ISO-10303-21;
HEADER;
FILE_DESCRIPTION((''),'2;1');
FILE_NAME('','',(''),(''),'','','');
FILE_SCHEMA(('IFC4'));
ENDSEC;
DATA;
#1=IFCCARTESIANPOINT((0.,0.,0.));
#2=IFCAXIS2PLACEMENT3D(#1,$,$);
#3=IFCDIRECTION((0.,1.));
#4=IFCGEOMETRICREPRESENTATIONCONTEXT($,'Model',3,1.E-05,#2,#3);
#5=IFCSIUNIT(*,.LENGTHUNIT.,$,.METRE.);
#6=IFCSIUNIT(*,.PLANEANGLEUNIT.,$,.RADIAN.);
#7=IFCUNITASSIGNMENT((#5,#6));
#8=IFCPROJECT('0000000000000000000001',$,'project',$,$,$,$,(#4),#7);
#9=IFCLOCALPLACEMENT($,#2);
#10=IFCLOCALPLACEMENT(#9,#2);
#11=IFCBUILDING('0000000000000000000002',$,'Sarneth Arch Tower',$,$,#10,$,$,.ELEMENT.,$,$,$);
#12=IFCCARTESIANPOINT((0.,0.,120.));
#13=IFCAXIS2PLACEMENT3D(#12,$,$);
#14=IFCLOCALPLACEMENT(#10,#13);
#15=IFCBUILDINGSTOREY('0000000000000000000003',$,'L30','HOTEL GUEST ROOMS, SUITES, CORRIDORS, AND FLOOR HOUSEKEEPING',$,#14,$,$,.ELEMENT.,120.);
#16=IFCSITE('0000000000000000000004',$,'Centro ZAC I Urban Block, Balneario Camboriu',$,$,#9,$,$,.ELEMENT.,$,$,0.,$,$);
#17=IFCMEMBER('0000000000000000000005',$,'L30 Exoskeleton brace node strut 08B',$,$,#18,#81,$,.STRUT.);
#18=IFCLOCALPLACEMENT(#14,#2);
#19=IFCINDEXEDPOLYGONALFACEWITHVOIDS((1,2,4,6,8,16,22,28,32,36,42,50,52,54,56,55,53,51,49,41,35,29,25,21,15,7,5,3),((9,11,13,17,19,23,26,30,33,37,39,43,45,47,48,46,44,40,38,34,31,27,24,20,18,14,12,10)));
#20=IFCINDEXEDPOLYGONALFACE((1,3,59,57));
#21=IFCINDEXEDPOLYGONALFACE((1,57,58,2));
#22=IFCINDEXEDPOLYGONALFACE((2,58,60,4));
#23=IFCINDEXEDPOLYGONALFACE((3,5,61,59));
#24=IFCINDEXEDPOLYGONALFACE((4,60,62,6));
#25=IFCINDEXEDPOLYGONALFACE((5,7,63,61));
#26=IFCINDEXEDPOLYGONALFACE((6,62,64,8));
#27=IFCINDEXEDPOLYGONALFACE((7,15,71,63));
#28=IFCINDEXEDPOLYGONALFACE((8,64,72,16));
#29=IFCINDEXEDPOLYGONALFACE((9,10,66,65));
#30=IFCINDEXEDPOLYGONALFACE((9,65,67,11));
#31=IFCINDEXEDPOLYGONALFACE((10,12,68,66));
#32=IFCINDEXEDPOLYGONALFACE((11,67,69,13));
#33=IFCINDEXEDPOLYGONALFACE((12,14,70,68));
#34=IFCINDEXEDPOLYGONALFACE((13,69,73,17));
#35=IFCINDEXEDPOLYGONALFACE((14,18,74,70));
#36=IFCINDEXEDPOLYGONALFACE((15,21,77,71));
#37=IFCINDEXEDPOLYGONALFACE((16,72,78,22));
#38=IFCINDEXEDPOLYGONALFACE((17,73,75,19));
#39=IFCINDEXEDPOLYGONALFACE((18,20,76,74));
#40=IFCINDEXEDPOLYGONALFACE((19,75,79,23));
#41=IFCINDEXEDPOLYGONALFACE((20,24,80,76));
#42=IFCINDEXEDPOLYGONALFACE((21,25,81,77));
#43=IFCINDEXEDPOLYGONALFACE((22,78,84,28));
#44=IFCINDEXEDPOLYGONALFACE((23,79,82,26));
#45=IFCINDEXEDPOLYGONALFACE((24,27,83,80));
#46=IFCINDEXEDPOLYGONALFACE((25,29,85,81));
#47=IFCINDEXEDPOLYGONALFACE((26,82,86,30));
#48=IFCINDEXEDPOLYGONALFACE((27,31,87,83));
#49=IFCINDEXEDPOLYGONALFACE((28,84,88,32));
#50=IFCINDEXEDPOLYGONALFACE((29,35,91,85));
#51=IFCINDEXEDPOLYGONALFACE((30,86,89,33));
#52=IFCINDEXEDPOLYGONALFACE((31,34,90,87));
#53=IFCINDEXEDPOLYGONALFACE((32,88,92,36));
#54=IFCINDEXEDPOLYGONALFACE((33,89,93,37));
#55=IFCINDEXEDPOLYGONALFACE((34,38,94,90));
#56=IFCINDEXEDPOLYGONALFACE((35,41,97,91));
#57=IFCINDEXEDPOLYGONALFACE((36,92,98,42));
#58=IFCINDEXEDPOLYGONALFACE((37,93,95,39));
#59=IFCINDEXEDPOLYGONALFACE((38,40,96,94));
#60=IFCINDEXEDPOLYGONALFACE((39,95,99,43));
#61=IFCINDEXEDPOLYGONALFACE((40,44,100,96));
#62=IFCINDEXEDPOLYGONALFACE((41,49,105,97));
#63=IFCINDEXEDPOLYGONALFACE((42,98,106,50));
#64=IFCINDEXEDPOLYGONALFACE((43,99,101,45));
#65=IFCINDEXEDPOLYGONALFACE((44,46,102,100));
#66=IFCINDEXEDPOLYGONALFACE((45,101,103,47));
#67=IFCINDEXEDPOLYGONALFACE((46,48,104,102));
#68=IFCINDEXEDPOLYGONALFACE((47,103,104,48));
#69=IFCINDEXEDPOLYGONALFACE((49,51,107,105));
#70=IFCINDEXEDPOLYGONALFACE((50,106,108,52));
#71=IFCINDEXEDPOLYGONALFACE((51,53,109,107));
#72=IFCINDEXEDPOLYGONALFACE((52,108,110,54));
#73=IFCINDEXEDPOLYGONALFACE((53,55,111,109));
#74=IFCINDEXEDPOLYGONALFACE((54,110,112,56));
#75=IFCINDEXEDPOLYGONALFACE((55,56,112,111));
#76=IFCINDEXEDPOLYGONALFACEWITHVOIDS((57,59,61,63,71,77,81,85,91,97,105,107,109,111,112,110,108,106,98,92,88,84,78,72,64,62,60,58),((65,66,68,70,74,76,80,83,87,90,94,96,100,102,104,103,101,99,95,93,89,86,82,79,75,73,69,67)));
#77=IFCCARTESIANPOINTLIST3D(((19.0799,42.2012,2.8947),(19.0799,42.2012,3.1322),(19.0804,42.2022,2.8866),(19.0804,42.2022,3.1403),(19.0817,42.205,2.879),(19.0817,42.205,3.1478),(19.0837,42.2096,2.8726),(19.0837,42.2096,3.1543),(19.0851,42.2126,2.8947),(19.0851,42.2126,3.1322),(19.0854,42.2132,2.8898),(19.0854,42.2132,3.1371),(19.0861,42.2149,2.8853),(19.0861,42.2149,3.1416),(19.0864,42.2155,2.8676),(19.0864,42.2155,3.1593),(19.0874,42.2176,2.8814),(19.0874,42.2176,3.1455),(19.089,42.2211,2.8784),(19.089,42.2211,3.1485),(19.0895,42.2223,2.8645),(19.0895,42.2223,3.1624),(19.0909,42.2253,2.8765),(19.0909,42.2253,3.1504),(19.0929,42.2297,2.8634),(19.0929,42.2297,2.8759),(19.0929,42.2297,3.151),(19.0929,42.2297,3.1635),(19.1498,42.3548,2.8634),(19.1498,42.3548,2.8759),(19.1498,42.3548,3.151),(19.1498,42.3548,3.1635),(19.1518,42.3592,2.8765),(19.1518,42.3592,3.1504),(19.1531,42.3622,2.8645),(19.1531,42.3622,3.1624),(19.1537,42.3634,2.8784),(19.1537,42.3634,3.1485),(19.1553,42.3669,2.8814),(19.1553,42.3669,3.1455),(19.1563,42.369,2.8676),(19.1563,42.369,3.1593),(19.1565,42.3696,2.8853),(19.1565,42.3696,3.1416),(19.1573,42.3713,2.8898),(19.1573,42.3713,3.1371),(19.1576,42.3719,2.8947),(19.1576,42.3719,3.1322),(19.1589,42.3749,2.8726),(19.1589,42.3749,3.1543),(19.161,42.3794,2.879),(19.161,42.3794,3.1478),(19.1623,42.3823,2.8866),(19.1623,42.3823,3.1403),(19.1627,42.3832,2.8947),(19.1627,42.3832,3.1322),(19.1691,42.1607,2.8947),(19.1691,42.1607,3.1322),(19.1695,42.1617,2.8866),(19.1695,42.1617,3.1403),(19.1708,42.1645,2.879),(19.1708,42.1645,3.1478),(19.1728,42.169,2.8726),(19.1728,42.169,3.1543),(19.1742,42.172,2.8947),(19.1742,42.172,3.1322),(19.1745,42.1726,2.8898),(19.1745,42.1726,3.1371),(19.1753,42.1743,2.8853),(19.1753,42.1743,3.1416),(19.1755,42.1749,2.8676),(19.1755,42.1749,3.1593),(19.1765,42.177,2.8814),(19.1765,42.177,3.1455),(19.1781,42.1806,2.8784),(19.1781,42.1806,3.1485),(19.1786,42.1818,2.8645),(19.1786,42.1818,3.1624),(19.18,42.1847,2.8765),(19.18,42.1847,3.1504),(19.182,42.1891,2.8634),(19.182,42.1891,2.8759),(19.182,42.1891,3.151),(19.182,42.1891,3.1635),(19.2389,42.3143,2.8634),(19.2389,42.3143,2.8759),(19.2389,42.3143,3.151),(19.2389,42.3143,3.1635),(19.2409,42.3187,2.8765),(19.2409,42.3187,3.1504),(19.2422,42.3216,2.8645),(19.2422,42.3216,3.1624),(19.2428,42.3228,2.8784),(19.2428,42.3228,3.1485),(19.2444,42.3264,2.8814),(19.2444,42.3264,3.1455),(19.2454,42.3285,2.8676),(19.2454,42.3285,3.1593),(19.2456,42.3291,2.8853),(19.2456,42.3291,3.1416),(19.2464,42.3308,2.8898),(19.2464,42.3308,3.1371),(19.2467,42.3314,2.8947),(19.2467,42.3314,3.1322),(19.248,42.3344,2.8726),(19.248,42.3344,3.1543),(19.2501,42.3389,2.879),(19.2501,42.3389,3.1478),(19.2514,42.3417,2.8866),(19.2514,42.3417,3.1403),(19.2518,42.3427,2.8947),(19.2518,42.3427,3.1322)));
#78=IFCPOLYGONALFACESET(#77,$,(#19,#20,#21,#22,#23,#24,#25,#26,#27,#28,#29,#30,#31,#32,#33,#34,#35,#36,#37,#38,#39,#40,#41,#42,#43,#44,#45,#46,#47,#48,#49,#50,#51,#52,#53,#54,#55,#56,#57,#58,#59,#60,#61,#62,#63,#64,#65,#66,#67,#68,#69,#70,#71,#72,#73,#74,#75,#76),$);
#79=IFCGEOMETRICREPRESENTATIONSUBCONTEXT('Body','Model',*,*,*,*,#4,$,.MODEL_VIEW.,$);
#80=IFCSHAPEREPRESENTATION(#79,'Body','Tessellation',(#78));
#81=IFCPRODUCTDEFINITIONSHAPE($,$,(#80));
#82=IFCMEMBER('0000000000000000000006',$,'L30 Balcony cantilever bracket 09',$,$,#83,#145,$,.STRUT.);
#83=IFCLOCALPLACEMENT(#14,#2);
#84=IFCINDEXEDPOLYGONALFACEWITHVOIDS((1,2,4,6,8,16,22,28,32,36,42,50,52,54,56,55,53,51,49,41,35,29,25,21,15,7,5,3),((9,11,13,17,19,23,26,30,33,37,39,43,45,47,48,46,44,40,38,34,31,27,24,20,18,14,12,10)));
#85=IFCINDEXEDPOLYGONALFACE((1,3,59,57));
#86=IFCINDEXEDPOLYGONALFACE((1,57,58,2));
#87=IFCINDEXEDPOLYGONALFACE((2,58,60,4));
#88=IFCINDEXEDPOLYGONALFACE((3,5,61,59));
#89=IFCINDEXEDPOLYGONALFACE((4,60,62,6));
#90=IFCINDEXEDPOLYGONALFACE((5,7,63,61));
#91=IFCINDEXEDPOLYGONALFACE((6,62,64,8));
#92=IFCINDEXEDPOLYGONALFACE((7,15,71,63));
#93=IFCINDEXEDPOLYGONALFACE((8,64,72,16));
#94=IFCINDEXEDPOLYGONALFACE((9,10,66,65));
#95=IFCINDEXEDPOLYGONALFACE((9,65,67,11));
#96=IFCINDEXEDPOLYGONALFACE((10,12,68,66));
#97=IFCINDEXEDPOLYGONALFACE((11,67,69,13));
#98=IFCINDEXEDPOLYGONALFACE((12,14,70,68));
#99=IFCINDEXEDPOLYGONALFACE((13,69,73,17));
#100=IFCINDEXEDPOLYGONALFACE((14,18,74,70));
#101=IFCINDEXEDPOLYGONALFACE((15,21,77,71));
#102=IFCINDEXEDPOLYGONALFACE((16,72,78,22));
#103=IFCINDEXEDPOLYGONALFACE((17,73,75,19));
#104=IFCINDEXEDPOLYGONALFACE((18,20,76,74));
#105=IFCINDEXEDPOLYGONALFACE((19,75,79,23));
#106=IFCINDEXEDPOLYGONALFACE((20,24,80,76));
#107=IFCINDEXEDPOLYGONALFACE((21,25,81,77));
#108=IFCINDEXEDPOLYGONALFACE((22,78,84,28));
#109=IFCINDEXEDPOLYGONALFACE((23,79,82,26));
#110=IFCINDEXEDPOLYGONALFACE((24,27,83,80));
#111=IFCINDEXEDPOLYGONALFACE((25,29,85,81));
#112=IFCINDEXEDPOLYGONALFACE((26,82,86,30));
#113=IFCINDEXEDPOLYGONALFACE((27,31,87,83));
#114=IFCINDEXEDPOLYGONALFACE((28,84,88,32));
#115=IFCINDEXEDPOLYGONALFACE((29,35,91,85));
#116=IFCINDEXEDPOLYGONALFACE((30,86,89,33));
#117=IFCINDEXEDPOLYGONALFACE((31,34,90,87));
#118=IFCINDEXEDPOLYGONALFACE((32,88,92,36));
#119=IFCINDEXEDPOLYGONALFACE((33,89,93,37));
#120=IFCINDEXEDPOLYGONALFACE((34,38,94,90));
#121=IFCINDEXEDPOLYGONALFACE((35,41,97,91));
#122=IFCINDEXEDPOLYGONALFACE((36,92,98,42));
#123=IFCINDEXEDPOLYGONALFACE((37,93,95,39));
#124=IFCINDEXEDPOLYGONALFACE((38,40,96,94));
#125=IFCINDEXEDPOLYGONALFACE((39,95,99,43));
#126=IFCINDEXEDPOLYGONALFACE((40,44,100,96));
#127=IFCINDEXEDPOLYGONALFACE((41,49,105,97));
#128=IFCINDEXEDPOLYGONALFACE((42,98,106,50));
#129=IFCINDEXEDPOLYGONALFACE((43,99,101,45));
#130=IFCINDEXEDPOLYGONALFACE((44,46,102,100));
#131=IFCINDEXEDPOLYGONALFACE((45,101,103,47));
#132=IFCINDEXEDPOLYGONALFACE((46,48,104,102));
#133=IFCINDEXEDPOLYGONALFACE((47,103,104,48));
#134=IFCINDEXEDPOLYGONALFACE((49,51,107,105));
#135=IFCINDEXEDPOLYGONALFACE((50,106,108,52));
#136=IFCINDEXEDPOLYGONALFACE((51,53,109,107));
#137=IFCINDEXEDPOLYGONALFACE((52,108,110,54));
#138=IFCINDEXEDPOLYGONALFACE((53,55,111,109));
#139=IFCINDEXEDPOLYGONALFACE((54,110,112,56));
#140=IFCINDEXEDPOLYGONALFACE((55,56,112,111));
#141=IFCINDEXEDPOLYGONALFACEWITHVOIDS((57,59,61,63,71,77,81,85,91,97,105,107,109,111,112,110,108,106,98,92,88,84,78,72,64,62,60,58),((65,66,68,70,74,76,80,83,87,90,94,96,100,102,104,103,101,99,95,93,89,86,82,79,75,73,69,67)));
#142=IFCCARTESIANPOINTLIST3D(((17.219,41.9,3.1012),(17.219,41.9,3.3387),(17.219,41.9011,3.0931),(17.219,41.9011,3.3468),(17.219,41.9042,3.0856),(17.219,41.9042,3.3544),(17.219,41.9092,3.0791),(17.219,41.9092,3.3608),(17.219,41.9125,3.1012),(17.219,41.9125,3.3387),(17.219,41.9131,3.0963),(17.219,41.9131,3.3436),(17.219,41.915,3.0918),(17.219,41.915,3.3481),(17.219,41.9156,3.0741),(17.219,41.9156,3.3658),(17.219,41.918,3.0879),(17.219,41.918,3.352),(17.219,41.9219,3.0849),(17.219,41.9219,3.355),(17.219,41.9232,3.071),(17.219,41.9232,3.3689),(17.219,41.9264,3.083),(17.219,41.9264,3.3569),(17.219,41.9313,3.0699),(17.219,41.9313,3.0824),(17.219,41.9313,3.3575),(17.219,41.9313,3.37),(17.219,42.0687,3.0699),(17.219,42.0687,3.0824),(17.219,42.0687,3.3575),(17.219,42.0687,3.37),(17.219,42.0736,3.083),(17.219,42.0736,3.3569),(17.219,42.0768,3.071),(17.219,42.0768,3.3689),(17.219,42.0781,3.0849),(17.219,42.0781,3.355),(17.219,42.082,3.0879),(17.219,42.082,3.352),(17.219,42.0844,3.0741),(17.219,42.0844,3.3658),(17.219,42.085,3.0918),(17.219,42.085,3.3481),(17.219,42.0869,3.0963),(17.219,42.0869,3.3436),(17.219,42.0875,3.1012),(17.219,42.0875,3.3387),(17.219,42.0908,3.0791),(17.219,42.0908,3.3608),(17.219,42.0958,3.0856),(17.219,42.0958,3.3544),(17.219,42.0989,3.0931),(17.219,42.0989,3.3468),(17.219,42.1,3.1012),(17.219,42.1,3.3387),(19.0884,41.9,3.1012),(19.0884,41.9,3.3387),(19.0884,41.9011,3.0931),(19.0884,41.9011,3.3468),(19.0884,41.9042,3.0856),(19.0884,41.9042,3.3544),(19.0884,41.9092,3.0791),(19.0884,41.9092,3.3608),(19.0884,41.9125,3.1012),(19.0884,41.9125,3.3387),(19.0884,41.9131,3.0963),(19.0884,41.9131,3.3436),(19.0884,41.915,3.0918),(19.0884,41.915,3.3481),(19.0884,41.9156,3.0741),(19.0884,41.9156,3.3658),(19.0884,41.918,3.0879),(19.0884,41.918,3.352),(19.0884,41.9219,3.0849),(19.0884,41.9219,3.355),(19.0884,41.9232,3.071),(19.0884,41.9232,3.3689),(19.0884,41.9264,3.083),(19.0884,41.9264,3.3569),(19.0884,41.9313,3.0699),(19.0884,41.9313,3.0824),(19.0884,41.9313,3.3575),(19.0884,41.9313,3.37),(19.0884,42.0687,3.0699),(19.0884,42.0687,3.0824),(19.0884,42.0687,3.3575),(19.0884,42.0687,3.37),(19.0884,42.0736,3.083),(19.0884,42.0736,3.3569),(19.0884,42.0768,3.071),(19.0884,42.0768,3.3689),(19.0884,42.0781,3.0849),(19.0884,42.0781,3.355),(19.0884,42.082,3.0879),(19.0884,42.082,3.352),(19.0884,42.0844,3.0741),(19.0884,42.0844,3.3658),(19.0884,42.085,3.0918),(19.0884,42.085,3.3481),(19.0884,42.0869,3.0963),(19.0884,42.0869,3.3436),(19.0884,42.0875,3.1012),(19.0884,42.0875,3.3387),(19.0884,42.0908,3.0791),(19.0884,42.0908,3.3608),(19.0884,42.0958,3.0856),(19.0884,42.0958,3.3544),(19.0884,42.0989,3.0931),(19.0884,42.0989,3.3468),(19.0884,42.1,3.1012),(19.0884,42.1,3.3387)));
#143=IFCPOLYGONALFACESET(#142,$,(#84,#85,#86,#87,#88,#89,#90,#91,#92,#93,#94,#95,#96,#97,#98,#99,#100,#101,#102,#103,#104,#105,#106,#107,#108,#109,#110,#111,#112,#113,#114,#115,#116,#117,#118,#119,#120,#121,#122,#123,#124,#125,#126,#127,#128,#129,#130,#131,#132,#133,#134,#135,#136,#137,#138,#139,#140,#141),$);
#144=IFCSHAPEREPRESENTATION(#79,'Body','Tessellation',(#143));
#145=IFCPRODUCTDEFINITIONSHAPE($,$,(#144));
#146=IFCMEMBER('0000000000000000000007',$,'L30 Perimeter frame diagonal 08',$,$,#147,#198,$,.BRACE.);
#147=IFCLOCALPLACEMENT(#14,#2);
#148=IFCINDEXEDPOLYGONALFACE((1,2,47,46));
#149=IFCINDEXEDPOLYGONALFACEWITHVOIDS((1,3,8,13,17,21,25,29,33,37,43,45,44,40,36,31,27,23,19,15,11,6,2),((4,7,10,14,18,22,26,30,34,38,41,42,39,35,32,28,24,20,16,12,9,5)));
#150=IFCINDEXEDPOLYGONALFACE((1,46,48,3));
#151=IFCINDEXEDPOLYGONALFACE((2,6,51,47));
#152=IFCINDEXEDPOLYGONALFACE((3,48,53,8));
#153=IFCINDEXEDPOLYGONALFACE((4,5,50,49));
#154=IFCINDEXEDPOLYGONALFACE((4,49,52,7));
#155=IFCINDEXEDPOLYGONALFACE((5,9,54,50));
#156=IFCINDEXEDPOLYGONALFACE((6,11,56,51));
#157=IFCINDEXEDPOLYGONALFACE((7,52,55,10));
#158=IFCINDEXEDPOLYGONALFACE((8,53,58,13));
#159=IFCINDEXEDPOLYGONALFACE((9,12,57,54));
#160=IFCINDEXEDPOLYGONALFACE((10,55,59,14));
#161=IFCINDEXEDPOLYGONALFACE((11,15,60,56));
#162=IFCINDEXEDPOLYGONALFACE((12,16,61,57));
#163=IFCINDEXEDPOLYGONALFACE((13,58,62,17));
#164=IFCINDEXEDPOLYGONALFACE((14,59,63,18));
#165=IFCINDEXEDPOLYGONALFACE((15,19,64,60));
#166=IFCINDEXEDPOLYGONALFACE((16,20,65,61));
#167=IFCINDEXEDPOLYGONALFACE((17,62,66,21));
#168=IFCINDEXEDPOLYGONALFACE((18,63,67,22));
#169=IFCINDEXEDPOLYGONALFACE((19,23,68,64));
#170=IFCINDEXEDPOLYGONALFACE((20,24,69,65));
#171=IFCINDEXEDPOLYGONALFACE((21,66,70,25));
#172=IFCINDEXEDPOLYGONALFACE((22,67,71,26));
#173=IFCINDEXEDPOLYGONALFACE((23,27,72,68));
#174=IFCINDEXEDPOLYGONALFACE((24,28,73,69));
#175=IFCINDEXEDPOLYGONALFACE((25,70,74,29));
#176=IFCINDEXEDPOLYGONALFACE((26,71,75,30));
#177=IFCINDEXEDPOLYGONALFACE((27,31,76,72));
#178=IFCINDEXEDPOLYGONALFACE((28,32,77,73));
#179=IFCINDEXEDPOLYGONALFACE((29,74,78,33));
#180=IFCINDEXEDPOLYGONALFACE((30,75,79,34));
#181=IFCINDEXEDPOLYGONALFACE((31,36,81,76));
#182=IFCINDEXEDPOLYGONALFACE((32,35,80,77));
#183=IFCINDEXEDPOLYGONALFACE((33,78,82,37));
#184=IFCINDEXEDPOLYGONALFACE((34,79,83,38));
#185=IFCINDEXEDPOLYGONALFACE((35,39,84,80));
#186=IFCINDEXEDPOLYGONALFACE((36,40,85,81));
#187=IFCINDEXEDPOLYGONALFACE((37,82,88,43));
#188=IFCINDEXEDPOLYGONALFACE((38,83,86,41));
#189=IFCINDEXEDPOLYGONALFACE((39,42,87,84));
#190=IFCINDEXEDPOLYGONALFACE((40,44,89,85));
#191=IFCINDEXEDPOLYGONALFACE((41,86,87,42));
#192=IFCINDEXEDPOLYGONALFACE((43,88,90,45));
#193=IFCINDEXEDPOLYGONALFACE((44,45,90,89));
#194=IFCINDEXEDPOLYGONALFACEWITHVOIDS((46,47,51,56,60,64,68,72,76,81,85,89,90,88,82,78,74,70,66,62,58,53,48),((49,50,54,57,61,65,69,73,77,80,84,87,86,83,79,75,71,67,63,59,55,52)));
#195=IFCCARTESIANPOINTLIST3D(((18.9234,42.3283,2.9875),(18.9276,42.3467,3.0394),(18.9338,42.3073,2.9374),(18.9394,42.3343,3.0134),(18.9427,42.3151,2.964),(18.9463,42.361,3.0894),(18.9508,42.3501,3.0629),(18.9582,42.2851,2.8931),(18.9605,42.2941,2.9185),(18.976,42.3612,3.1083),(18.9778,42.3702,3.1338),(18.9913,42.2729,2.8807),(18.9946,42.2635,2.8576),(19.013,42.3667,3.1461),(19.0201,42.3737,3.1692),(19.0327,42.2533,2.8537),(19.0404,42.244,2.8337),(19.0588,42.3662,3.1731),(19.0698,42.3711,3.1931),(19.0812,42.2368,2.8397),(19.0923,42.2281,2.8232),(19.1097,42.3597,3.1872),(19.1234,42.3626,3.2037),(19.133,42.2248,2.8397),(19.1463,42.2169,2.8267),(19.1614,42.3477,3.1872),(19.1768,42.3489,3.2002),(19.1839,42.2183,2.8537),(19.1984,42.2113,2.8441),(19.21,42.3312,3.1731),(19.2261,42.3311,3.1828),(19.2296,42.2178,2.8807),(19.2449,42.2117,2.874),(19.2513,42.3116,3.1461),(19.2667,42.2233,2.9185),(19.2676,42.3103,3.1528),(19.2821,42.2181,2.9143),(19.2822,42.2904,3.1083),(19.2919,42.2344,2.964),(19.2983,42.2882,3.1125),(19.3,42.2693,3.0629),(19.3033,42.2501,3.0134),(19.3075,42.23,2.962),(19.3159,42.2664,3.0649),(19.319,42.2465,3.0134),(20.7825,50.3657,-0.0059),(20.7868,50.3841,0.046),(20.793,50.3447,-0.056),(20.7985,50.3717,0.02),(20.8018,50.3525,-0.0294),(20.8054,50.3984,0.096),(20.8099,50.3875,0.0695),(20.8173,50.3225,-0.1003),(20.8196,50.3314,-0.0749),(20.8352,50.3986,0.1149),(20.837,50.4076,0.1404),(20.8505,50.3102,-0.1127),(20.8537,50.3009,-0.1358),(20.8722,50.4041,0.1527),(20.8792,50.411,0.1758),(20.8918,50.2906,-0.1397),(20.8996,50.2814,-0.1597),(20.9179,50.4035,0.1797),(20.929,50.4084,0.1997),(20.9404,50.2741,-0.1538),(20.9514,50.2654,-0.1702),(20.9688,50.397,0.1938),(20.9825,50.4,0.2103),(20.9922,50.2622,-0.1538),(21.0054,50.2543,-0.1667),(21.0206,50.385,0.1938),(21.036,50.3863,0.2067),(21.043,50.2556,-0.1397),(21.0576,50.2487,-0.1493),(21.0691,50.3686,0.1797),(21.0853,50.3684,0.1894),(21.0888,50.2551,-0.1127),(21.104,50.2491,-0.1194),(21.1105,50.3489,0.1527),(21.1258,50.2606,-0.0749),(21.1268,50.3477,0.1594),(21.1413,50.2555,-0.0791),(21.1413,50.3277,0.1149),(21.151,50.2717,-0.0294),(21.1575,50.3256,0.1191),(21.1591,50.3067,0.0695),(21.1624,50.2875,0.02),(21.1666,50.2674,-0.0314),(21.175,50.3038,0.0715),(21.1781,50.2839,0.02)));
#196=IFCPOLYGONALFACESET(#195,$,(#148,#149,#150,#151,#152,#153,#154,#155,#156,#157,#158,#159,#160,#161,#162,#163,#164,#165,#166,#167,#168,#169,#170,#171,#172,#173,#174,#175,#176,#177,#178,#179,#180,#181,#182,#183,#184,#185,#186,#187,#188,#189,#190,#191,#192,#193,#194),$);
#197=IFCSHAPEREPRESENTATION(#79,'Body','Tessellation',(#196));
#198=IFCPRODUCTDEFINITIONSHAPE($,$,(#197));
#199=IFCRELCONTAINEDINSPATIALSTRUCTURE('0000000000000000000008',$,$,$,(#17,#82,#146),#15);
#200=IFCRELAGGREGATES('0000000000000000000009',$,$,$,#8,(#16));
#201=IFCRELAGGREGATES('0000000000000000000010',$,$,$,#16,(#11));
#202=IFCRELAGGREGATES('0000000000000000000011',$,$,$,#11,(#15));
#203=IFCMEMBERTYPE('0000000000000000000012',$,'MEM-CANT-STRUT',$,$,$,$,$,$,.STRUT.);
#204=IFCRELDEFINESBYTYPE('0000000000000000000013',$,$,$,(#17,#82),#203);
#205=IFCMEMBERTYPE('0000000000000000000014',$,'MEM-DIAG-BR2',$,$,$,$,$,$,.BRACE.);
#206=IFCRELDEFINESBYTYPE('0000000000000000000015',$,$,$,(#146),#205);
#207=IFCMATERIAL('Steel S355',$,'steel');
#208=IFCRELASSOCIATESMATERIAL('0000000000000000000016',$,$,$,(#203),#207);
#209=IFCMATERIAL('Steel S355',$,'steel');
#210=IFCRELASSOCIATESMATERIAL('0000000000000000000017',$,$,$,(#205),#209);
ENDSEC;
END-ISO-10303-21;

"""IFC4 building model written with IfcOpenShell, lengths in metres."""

from ifc_helpers import new_model, si_unit, direction, frame, origin, origin_2d, place, context, subcontext, project, spatial, hollow_rectangle, hollow_circle, extrude, material, material_profile, profile_set, type_object, element, save


model = new_model("IFC4")

# Units and contexts
model_context = context("Model", 3, precision=1e-05, world=origin(), true_north=direction((0.0, 1.0)))
body_context = subcontext(model_context, "Body", "Model", "MODEL_VIEW")
ifc_project = project(units=[si_unit("LENGTHUNIT", "METRE"), si_unit("PLANEANGLEUNIT", "RADIAN")], contexts=[model_context])

# Site, building, storey
site_placement = place(None, origin())
site = spatial("IfcSite", under=ifc_project, at=site_placement, Name="Centro ZAC I Urban Block, Balneario Camboriu", CompositionType="ELEMENT", RefElevation=0.0)
building_placement = place(site_placement, origin())
building = spatial("IfcBuilding", under=site, at=building_placement, Name="Sarneth Arch Tower", CompositionType="ELEMENT")
storey_placement = place(building_placement, frame((0.0, 0.0, 120.0)))
storey = spatial("IfcBuildingStorey", under=building, at=storey_placement, Name="L30", Description="HOTEL GUEST ROOMS, SUITES, CORRIDORS, AND FLOOR HOUSEKEEPING", CompositionType="ELEMENT", Elevation=120.0)

# Members
ifc_material_1 = material(Name="Steel S355", Category="steel")
ifc_material_profile_1 = material_profile(ifc_material_1, hollow_rectangle(XDim=0.2, YDim=0.3, WallThickness=0.0125, InnerFilletRadius=0.0188, OuterFilletRadius=0.0312, at=origin_2d()), Name="RHS300x200x12.5")
ifc_profile_set_1 = profile_set([ifc_material_profile_1], Name="Steel S355")
member_type_1 = type_object("IfcMemberType", Name="MEM-CANT-STRUT", PredefinedType="STRUT", material=ifc_profile_set_1)
member_1_placement = place(storey_placement, frame((19.2104, 42.2517, 3.0134), z_axis=(-0.910281, 0.413991, 0.0), x_axis=(-0.413991, -0.910281, 0.0)))
element("IfcMember", 1, at=member_1_placement, inside=storey, type_object=member_type_1, Name="L30 Exoskeleton brace node strut 08B", PredefinedType="STRUT", context=body_context, shape_type="SweptSolid", body=[
    extrude(hollow_rectangle(XDim=0.2, YDim=0.3, WallThickness=0.0125, InnerFilletRadius=0.0188, OuterFilletRadius=0.0312, at=origin_2d()), origin(), (0.0, 0.0, 1.0), 0.0979),
])
member_2_placement = place(storey_placement, frame((19.0884, 42.0, 3.22), z_axis=(-1.0, 0.0, 0.0), x_axis=(0.0, -1.0, 0.0)))
element("IfcMember", 2, at=member_2_placement, inside=storey, type_object=member_type_1, Name="L30 Balcony cantilever bracket 09", PredefinedType="STRUT", context=body_context, shape_type="SweptSolid", body=[
    extrude(hollow_rectangle(XDim=0.2, YDim=0.3, WallThickness=0.0125, InnerFilletRadius=0.0188, OuterFilletRadius=0.0312, at=origin_2d()), origin(), (0.0, 0.0, 1.0), 1.8694),
])
ifc_material_2 = material(Name="Steel S355", Category="steel")
ifc_material_profile_2 = material_profile(ifc_material_2, hollow_circle(Radius=0.2029, WallThickness=0.0161, at=origin_2d()), Name="CHS406x16")
ifc_profile_set_2 = profile_set([ifc_material_profile_2], Name="Steel S355")
member_type_2 = type_object("IfcMemberType", Name="MEM-DIAG-BR2", PredefinedType="BRACE", material=ifc_profile_set_2)
member_3_placement = place(storey_placement, frame((20.9805, 50.3296, 0.02), z_axis=(-0.211846, -0.915847, 0.341095), x_axis=(0.974275, -0.225361, 0.0)))
element("IfcMember", 3, at=member_3_placement, inside=storey, type_object=member_type_2, Name="L30 Perimeter frame diagonal 08", PredefinedType="BRACE", context=body_context, shape_type="SweptSolid", body=[
    extrude(hollow_circle(Radius=0.2029, WallThickness=0.0161, at=origin_2d()), origin(), (0.0, 0.0, 1.0), 8.7759),
])

save(model, "model.ifc")
